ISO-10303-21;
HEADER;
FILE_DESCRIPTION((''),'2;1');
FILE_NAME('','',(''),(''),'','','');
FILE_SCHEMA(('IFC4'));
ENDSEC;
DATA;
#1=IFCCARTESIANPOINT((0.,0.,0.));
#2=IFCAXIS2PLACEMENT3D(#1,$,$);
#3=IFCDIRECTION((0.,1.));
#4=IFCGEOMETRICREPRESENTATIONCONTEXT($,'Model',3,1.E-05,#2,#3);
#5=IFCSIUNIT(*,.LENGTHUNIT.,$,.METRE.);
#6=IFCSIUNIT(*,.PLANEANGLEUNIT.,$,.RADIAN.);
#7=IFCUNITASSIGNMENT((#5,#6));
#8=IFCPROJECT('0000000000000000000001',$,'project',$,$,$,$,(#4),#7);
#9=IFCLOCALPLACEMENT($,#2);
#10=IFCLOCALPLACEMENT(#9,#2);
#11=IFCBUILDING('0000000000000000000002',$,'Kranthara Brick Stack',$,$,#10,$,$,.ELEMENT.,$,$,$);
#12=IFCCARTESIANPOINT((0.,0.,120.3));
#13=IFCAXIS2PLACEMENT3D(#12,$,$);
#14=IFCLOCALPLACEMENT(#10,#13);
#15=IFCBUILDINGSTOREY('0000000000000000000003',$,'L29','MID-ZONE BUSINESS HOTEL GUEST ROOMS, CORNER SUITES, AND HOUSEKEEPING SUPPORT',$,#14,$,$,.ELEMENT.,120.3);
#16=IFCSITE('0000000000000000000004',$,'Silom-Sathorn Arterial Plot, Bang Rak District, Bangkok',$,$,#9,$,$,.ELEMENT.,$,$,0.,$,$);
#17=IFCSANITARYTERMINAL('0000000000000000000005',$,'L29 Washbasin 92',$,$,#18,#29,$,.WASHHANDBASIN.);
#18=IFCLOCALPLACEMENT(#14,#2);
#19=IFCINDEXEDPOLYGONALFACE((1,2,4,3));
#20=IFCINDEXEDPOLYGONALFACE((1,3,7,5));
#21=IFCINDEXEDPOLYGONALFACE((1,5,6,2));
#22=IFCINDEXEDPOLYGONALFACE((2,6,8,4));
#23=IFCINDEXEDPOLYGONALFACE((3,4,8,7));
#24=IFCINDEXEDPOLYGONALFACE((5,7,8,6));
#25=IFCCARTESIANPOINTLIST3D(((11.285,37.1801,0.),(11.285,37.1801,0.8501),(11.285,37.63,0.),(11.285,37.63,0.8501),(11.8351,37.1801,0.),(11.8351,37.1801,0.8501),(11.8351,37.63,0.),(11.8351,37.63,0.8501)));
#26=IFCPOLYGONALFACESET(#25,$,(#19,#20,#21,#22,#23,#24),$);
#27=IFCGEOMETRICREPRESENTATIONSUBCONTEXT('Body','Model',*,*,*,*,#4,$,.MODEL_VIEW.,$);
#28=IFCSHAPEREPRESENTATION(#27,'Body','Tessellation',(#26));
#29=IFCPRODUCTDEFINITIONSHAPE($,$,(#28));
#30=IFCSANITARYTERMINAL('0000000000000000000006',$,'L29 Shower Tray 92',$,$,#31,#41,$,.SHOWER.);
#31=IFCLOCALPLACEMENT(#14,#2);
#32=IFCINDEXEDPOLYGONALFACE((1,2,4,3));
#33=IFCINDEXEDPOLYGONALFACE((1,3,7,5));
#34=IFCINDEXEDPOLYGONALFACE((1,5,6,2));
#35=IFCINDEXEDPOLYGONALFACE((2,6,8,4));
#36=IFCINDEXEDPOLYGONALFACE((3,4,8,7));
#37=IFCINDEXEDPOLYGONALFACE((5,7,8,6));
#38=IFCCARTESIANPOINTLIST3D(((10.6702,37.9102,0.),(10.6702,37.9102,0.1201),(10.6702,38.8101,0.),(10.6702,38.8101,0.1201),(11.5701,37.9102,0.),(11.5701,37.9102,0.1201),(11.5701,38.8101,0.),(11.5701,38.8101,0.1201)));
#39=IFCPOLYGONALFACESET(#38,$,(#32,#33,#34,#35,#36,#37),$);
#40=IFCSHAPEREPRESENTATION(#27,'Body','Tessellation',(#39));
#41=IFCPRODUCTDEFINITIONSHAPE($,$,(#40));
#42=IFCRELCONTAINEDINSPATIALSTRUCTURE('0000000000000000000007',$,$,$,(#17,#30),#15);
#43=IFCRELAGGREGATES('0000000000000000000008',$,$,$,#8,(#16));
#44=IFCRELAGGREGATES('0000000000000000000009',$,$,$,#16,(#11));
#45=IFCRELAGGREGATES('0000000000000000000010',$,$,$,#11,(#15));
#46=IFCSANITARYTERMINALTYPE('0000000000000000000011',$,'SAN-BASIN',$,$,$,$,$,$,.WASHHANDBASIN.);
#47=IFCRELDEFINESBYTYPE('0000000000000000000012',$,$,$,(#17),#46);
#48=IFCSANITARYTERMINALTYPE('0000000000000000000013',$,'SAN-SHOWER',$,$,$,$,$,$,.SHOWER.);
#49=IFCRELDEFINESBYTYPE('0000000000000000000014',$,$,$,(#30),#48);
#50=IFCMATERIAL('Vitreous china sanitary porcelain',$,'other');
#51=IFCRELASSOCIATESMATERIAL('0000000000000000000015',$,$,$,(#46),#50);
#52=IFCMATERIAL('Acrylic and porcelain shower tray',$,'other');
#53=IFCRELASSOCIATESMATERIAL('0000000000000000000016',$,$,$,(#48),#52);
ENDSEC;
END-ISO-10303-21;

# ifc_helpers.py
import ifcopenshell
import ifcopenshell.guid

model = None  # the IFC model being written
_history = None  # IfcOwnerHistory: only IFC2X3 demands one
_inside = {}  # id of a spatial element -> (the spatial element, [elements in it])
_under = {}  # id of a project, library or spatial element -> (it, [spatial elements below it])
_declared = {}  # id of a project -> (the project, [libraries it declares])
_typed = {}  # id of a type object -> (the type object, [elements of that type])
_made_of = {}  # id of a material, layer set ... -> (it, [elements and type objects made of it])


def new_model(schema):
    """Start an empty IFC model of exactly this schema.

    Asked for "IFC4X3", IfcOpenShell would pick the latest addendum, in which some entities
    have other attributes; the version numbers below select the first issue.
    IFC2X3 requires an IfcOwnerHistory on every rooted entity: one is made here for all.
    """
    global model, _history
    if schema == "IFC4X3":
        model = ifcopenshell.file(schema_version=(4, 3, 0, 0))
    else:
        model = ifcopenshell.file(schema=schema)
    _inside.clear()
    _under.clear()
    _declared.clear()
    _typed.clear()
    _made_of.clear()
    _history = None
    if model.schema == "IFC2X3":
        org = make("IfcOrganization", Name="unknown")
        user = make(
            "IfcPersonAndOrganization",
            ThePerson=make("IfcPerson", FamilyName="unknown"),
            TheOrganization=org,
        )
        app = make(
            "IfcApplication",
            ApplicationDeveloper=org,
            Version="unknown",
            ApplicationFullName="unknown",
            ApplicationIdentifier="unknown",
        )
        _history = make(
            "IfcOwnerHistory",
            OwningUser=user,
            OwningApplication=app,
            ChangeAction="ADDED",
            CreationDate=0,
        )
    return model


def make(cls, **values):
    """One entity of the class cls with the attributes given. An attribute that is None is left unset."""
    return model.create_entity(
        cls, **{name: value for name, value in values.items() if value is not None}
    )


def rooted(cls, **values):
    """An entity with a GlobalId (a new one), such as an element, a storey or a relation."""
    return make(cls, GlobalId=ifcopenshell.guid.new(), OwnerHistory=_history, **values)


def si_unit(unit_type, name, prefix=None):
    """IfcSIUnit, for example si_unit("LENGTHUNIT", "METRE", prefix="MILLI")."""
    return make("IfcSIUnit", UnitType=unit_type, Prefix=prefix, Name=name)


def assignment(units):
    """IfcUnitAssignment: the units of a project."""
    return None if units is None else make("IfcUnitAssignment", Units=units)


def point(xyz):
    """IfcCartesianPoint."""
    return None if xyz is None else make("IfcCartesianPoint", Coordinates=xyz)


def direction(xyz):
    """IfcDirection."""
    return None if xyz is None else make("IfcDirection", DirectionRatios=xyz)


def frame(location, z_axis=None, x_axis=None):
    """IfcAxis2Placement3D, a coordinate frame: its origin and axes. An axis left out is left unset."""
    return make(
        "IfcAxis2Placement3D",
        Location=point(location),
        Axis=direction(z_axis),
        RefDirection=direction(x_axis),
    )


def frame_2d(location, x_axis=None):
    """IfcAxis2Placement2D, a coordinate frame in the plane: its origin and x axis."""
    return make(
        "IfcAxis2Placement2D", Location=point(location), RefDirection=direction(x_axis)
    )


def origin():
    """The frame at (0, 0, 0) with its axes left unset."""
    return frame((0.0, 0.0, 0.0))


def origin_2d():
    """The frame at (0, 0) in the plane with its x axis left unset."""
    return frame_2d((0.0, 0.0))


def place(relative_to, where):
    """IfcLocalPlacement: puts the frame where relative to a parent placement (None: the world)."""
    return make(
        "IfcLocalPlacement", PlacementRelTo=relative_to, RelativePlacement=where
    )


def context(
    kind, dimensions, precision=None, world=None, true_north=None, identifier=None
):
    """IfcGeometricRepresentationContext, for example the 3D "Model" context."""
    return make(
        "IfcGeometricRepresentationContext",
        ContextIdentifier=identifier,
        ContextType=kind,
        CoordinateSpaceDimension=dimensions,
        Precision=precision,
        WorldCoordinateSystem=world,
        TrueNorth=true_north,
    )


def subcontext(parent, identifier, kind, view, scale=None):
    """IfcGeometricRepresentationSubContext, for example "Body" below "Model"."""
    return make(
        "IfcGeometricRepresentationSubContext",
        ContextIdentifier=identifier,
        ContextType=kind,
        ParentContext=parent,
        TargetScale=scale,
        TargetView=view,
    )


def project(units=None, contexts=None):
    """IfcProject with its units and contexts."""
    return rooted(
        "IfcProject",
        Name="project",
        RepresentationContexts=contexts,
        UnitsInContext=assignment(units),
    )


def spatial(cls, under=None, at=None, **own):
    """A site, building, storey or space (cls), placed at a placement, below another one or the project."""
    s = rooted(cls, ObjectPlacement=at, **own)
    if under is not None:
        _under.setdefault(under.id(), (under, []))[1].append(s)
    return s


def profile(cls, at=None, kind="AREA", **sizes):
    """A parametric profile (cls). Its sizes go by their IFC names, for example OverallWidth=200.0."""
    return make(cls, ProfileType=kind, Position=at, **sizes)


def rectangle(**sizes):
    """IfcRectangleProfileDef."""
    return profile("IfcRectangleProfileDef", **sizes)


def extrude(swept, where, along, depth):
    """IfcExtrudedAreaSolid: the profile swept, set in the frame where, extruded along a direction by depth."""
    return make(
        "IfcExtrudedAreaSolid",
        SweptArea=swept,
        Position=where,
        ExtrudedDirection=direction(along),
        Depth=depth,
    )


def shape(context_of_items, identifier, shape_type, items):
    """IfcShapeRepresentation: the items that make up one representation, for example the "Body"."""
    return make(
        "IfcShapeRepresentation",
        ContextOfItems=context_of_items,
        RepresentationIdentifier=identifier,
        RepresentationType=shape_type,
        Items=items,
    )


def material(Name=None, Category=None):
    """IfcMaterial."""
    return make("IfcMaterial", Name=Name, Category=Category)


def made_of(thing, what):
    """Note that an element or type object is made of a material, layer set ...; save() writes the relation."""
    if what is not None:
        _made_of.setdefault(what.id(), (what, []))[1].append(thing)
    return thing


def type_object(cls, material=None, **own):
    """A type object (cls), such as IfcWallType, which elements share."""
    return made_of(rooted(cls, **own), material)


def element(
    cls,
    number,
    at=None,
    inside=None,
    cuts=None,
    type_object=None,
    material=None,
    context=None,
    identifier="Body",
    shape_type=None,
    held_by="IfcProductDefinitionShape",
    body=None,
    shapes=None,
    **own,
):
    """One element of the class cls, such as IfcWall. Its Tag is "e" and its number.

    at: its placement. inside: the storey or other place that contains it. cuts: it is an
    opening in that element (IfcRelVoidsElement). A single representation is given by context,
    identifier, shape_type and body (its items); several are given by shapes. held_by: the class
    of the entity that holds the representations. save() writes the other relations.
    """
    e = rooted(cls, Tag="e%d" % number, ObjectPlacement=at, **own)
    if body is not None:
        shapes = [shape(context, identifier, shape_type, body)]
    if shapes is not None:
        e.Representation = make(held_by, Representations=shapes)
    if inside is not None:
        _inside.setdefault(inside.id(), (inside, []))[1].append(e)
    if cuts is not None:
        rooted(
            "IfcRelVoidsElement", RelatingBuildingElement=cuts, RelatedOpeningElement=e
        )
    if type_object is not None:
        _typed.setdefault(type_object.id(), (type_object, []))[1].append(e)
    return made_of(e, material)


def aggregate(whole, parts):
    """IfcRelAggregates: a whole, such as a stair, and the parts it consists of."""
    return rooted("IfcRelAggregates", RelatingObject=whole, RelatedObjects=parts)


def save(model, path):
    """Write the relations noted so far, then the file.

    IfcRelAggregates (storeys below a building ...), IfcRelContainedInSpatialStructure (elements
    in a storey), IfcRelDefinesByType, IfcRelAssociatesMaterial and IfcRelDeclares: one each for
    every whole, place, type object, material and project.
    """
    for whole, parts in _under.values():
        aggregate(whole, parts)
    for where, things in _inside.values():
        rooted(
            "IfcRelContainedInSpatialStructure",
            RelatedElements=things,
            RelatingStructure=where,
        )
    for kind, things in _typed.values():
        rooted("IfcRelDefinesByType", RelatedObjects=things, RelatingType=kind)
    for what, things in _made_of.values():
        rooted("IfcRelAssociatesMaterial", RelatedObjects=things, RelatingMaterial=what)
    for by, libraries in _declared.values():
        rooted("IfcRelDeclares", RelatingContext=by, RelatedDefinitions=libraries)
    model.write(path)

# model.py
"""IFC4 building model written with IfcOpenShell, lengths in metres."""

from ifc_helpers import new_model, si_unit, direction, frame, origin, origin_2d, place, context, subcontext, project, spatial, rectangle, extrude, material, type_object, element, save


model = new_model("IFC4")

# Units and contexts
model_context = context("Model", 3, precision=1e-05, world=origin(), true_north=direction((0.0, 1.0)))
body_context = subcontext(model_context, "Body", "Model", "MODEL_VIEW")
ifc_project = project(units=[si_unit("LENGTHUNIT", "METRE"), si_unit("PLANEANGLEUNIT", "RADIAN")], contexts=[model_context])

# Site, building, storey
site_placement = place(None, origin())
site = spatial("IfcSite", under=ifc_project, at=site_placement, Name="Silom-Sathorn Arterial Plot, Bang Rak District, Bangkok", CompositionType="ELEMENT", RefElevation=0.0)
building_placement = place(site_placement, origin())
building = spatial("IfcBuilding", under=site, at=building_placement, Name="Kranthara Brick Stack", CompositionType="ELEMENT")
storey_placement = place(building_placement, frame((0.0, 0.0, 120.3)))
storey = spatial("IfcBuildingStorey", under=building, at=storey_placement, Name="L29", Description="MID-ZONE BUSINESS HOTEL GUEST ROOMS, CORNER SUITES, AND HOUSEKEEPING SUPPORT", CompositionType="ELEMENT", Elevation=120.3)

# Sanitary terminals
ifc_material_1 = material(Name="Vitreous china sanitary porcelain", Category="other")
sanitary_terminal_type_1 = type_object("IfcSanitaryTerminalType", Name="SAN-BASIN", PredefinedType="WASHHANDBASIN", material=ifc_material_1)
sanitary_terminal_1_placement = place(storey_placement, frame((11.5601, 37.405, 0.0), z_axis=(0.0, 0.0, 1.0), x_axis=(1.0, 0.0, 0.0)))
element("IfcSanitaryTerminal", 1, at=sanitary_terminal_1_placement, inside=storey, type_object=sanitary_terminal_type_1, Name="L29 Washbasin 92", PredefinedType="WASHHANDBASIN", context=body_context, shape_type="SweptSolid", body=[
    extrude(rectangle(XDim=0.55, YDim=0.45, at=origin_2d()), origin(), (0.0, 0.0, 1.0), 0.8501),
])
ifc_material_2 = material(Name="Acrylic and porcelain shower tray", Category="other")
sanitary_terminal_type_2 = type_object("IfcSanitaryTerminalType", Name="SAN-SHOWER", PredefinedType="SHOWER", material=ifc_material_2)
sanitary_terminal_2_placement = place(storey_placement, frame((11.1201, 38.3601, 0.0), z_axis=(0.0, 0.0, 1.0), x_axis=(1.0, 0.0, 0.0)))
element("IfcSanitaryTerminal", 2, at=sanitary_terminal_2_placement, inside=storey, type_object=sanitary_terminal_type_2, Name="L29 Shower Tray 92", PredefinedType="SHOWER", context=body_context, shape_type="SweptSolid", body=[
    extrude(rectangle(XDim=0.8999, YDim=0.8999, at=origin_2d()), origin(), (0.0, 0.0, 1.0), 0.1201),
])

save(model, "model.ifc")
